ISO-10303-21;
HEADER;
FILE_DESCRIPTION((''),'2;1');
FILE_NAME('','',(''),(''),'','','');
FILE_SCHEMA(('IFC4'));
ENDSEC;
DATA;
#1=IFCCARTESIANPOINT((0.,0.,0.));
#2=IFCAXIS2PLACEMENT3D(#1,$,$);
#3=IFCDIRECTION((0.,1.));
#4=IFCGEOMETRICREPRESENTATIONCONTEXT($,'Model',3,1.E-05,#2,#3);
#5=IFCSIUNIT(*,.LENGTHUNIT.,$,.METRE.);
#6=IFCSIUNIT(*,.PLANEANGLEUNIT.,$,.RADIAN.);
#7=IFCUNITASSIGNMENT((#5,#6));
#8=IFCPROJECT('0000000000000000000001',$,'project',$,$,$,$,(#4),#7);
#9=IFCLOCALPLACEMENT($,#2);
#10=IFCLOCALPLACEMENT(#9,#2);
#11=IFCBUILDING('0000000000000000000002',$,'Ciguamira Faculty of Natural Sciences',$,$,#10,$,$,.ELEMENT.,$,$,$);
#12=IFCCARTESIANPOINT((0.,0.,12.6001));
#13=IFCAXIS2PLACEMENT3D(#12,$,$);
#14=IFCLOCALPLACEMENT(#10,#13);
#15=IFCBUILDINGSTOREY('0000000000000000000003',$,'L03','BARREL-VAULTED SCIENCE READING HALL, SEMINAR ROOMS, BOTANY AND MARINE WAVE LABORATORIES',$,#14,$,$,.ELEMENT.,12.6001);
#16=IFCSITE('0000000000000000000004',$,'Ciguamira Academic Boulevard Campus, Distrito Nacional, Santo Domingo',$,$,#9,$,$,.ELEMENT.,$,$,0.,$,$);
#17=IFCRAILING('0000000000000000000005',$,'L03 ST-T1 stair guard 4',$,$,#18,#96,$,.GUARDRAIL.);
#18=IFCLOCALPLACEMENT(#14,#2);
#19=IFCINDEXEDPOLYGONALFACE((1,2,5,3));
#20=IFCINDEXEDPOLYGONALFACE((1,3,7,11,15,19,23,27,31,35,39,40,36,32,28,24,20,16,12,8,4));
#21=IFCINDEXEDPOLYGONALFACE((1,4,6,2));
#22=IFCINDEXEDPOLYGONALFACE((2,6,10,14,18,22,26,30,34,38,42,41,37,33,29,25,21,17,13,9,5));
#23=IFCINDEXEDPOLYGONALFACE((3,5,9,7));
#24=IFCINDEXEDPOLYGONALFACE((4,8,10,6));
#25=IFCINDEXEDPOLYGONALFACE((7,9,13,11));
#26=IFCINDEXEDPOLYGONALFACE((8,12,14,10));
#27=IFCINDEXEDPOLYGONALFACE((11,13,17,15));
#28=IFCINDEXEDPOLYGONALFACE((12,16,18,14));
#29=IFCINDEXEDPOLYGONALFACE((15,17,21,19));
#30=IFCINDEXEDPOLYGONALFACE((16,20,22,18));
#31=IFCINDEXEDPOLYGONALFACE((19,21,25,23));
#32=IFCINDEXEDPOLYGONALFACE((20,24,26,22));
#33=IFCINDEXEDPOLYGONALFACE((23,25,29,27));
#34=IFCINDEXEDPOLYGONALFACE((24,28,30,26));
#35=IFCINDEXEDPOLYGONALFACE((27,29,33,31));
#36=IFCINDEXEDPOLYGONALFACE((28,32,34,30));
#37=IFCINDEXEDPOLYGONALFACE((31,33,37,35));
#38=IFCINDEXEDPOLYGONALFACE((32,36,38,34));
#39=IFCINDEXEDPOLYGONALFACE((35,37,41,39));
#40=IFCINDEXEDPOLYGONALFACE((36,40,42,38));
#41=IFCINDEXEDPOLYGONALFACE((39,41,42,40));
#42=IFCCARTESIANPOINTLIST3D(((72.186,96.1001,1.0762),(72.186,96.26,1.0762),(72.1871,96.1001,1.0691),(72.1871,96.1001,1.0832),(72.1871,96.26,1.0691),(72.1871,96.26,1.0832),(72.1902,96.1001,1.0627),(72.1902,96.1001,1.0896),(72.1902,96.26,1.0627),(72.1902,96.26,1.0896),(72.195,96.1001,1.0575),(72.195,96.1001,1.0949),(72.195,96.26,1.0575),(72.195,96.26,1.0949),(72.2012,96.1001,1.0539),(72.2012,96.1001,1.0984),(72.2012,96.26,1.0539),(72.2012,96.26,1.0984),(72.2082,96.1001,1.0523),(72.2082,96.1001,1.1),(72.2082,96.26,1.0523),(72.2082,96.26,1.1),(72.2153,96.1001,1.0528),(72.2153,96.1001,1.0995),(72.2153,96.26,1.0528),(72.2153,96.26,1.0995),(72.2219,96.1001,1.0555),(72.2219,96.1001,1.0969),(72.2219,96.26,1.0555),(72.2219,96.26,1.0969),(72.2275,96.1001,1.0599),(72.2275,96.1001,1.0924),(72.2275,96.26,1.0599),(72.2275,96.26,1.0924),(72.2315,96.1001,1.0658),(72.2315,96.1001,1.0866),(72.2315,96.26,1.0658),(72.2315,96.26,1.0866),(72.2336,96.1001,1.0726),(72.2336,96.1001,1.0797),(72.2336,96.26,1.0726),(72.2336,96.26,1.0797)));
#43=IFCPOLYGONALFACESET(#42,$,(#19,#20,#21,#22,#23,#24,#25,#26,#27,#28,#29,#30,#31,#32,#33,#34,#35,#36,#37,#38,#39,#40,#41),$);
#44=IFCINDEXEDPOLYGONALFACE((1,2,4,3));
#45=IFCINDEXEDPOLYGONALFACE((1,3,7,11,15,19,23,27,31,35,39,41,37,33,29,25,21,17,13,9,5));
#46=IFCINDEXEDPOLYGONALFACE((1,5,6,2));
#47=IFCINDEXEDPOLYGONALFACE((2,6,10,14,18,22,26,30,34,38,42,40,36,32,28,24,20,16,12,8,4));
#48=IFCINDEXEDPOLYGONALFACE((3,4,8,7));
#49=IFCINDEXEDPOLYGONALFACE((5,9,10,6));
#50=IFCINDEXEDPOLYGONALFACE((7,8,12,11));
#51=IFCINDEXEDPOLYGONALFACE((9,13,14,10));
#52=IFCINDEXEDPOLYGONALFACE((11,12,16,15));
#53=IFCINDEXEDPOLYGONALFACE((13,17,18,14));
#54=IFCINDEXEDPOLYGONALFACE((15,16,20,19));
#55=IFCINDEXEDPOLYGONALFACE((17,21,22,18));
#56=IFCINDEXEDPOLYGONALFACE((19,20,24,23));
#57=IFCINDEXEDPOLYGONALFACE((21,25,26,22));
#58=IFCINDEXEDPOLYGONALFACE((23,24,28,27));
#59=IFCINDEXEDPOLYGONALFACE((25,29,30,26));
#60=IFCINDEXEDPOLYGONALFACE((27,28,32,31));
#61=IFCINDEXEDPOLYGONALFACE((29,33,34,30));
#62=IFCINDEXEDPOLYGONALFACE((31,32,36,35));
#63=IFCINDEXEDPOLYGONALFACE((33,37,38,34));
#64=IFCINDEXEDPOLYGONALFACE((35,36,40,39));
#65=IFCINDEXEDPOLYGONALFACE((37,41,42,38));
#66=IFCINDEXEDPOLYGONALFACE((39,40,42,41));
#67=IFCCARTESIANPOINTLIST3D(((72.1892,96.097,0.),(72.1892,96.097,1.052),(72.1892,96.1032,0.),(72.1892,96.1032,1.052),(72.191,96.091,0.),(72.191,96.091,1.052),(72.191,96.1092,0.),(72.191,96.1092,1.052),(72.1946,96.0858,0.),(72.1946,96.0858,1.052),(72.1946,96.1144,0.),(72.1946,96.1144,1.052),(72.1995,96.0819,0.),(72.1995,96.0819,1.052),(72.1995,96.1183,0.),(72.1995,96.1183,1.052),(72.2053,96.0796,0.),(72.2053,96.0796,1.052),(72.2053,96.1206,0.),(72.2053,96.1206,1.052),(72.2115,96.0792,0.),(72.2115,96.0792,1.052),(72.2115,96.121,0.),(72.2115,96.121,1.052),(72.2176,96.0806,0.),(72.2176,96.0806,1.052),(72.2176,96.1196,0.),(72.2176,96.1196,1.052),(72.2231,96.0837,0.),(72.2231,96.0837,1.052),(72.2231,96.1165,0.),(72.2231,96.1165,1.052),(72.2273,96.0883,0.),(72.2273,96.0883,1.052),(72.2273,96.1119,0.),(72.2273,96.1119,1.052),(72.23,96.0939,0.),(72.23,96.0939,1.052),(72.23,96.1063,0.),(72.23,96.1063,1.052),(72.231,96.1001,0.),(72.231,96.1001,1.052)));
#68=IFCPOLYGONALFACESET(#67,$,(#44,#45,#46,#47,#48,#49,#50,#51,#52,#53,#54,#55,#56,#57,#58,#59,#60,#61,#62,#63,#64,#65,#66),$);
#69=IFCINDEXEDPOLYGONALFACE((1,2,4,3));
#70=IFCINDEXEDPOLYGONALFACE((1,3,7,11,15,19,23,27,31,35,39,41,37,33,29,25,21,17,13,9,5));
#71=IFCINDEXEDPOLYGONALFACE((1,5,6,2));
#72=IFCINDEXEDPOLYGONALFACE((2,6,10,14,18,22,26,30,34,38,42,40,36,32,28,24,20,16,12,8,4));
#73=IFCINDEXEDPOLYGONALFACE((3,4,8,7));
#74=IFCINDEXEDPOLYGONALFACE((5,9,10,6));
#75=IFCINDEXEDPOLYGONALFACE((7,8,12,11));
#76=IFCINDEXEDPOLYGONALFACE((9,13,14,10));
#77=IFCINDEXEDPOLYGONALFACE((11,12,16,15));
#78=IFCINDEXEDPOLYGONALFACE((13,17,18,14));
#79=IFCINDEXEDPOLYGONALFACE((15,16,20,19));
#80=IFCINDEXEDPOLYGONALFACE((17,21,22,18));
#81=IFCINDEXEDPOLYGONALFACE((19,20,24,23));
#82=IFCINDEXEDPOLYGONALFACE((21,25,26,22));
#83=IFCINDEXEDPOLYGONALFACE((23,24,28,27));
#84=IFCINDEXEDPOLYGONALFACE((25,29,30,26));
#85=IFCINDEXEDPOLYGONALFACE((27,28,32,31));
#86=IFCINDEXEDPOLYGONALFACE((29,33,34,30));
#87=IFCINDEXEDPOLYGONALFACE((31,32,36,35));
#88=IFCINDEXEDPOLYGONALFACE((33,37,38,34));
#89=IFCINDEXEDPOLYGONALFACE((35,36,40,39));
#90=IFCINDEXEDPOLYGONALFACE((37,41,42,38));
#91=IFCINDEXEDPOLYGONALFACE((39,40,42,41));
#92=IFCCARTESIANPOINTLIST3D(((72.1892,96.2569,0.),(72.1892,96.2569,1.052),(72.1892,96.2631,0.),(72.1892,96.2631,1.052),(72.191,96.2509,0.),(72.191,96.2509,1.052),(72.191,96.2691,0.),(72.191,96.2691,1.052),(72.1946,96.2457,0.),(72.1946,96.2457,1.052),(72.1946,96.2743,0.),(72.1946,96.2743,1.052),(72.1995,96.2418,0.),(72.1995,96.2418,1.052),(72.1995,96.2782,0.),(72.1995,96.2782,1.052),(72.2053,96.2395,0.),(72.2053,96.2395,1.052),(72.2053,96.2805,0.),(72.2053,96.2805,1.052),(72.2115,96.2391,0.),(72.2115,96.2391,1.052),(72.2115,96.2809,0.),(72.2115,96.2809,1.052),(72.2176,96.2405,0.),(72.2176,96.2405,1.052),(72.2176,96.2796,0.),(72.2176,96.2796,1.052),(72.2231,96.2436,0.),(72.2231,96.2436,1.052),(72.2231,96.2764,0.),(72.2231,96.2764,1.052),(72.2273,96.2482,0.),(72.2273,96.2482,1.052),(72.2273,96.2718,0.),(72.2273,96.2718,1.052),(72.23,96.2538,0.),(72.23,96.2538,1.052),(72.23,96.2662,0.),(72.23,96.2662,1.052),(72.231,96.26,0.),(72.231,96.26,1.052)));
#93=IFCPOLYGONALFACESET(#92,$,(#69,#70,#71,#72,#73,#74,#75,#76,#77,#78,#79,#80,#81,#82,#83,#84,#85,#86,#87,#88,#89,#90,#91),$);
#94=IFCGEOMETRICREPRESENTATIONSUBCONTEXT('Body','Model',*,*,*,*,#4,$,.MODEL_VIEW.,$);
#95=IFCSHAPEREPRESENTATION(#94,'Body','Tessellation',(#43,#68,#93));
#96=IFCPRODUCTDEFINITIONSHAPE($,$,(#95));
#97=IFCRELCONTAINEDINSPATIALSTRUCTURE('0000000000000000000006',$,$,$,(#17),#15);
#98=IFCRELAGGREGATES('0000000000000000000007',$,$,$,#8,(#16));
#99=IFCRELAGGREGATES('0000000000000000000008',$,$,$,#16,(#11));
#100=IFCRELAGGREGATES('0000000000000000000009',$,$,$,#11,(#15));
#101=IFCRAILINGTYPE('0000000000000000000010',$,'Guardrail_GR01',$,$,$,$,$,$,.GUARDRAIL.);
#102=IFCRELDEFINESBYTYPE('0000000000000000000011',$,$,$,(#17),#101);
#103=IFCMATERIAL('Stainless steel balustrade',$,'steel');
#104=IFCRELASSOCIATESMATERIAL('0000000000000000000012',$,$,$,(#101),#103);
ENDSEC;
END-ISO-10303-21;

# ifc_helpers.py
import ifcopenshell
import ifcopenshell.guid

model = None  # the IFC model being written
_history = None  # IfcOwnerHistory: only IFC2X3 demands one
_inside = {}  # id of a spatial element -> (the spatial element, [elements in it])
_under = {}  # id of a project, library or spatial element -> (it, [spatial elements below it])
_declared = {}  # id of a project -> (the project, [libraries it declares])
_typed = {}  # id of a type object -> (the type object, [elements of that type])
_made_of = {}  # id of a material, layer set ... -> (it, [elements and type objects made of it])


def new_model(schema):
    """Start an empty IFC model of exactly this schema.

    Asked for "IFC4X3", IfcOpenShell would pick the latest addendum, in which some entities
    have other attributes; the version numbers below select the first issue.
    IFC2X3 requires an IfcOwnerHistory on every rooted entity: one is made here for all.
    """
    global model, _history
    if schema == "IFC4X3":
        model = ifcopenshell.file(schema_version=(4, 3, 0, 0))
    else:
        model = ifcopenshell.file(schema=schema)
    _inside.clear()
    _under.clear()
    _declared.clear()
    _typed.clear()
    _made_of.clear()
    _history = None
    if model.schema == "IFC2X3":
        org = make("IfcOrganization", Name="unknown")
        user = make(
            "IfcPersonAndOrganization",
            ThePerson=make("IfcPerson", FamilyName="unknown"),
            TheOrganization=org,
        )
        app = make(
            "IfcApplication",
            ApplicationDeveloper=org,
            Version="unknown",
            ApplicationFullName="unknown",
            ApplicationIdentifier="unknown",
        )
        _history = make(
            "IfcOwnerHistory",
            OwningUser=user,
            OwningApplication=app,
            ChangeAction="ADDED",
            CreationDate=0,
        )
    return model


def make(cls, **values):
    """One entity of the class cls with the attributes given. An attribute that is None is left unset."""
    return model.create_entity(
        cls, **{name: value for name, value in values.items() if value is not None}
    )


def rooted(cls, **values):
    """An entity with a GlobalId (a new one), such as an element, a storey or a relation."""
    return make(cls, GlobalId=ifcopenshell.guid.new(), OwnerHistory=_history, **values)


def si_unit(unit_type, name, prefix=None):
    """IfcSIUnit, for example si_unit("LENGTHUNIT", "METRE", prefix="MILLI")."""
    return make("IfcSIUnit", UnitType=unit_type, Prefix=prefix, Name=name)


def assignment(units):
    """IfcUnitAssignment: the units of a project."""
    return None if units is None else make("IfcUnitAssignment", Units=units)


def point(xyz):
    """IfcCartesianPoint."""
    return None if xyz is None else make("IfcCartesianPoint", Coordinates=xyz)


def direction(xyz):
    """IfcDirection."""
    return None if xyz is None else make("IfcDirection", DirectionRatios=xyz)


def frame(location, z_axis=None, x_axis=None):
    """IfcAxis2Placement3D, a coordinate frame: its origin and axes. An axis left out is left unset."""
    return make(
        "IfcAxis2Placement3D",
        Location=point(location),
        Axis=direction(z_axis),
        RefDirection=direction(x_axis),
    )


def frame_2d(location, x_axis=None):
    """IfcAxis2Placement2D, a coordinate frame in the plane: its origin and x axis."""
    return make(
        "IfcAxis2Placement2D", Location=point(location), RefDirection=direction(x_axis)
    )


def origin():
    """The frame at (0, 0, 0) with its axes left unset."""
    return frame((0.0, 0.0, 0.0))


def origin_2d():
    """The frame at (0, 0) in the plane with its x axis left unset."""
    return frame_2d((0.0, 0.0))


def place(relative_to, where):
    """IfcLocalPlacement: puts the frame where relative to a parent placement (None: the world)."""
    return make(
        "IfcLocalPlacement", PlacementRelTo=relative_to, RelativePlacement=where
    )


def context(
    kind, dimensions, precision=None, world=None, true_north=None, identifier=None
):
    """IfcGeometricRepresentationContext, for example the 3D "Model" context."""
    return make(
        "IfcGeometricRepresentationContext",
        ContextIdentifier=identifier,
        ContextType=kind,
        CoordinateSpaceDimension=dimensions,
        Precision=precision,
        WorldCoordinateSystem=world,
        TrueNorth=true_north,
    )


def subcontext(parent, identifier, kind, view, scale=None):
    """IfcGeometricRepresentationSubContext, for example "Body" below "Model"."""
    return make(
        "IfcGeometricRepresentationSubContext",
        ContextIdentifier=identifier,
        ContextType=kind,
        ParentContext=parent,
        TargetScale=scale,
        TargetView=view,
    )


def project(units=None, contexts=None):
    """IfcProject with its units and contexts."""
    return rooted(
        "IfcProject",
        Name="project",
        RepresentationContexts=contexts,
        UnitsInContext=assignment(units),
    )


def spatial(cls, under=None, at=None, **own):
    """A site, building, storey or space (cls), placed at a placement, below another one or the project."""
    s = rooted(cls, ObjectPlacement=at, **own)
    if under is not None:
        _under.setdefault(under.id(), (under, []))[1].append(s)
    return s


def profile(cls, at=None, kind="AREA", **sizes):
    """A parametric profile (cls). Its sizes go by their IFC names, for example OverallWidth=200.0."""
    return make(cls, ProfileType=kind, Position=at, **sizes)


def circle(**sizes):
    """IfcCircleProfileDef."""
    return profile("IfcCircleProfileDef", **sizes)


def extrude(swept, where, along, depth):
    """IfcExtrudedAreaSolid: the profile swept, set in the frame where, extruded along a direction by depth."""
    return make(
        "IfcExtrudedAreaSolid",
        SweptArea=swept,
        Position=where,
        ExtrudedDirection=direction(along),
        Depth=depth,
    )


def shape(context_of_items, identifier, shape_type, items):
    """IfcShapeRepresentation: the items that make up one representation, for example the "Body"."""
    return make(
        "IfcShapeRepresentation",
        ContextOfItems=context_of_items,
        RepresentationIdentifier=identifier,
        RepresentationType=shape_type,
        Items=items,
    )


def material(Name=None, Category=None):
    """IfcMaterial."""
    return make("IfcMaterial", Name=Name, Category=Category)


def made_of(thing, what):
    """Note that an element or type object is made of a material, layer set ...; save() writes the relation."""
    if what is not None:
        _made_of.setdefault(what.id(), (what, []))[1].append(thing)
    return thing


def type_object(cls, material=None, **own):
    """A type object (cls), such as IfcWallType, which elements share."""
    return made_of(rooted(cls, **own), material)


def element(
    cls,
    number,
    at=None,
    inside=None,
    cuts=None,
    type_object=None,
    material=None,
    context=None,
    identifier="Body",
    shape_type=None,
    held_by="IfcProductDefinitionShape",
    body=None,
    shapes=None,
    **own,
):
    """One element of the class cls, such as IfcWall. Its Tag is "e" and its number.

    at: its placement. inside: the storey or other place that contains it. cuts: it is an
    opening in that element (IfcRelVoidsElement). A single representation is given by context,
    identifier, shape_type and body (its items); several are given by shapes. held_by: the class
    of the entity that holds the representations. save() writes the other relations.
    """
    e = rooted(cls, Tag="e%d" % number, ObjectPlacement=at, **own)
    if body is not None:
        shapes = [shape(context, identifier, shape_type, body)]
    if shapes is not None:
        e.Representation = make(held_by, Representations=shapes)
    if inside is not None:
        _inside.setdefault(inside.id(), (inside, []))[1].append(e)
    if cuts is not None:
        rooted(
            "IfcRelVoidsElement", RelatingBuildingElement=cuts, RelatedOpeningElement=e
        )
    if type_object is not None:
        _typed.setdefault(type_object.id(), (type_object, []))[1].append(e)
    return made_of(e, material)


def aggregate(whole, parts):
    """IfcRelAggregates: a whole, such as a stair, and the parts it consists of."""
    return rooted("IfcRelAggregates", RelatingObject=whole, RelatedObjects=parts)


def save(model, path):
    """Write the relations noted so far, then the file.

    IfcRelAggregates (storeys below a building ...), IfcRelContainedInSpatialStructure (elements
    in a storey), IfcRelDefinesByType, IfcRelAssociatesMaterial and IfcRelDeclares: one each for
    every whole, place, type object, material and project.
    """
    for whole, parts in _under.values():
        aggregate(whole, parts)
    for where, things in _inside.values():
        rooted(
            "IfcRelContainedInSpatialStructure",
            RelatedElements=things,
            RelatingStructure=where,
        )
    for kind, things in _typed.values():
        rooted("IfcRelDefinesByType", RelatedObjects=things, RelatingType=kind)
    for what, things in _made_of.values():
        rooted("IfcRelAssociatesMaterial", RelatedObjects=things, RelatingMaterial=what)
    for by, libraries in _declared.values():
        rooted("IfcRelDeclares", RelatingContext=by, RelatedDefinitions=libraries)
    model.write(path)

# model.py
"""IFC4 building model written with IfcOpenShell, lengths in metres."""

from ifc_helpers import new_model, si_unit, direction, frame, origin, origin_2d, place, context, subcontext, project, spatial, circle, extrude, material, type_object, element, save


model = new_model("IFC4")

# Units and contexts
model_context = context("Model", 3, precision=1e-05, world=origin(), true_north=direction((0.0, 1.0)))
body_context = subcontext(model_context, "Body", "Model", "MODEL_VIEW")
ifc_project = project(units=[si_unit("LENGTHUNIT", "METRE"), si_unit("PLANEANGLEUNIT", "RADIAN")], contexts=[model_context])

# Site, building, storey
site_placement = place(None, origin())
site = spatial("IfcSite", under=ifc_project, at=site_placement, Name="Ciguamira Academic Boulevard Campus, Distrito Nacional, Santo Domingo", CompositionType="ELEMENT", RefElevation=0.0)
building_placement = place(site_placement, origin())
building = spatial("IfcBuilding", under=site, at=building_placement, Name="Ciguamira Faculty of Natural Sciences", CompositionType="ELEMENT")
storey_placement = place(building_placement, frame((0.0, 0.0, 12.6001)))
storey = spatial("IfcBuildingStorey", under=building, at=storey_placement, Name="L03", Description="BARREL-VAULTED SCIENCE READING HALL, SEMINAR ROOMS, BOTANY AND MARINE WAVE LABORATORIES", CompositionType="ELEMENT", Elevation=12.6001)

# Railing
ifc_material_1 = material(Name="Stainless steel balustrade", Category="steel")
railing_type_1 = type_object("IfcRailingType", Name="Guardrail_GR01", PredefinedType="GUARDRAIL", material=ifc_material_1)
railing_1_placement = place(storey_placement, frame((72.21, 96.1001, 0.0)))
element("IfcRailing", 1, at=railing_1_placement, inside=storey, type_object=railing_type_1, Name="L03 ST-T1 stair guard 4", PredefinedType="GUARDRAIL", context=body_context, shape_type="SweptSolid", body=[
    extrude(circle(Radius=0.0239, at=origin_2d()), frame((0.0, 0.0, 1.0762), z_axis=(0.0, 1.0, 0.0), x_axis=(-1.0, 0.0, 0.0)), (0.0, 0.0, 1.0), 0.1599),
    extrude(circle(Radius=0.021, at=origin_2d()), origin(), (0.0, 0.0, 1.0), 1.052),
    extrude(circle(Radius=0.021, at=origin_2d()), frame((0.0, 0.1599, 0.0)), (0.0, 0.0, 1.0), 1.052),
])

save(model, "model.ifc")
